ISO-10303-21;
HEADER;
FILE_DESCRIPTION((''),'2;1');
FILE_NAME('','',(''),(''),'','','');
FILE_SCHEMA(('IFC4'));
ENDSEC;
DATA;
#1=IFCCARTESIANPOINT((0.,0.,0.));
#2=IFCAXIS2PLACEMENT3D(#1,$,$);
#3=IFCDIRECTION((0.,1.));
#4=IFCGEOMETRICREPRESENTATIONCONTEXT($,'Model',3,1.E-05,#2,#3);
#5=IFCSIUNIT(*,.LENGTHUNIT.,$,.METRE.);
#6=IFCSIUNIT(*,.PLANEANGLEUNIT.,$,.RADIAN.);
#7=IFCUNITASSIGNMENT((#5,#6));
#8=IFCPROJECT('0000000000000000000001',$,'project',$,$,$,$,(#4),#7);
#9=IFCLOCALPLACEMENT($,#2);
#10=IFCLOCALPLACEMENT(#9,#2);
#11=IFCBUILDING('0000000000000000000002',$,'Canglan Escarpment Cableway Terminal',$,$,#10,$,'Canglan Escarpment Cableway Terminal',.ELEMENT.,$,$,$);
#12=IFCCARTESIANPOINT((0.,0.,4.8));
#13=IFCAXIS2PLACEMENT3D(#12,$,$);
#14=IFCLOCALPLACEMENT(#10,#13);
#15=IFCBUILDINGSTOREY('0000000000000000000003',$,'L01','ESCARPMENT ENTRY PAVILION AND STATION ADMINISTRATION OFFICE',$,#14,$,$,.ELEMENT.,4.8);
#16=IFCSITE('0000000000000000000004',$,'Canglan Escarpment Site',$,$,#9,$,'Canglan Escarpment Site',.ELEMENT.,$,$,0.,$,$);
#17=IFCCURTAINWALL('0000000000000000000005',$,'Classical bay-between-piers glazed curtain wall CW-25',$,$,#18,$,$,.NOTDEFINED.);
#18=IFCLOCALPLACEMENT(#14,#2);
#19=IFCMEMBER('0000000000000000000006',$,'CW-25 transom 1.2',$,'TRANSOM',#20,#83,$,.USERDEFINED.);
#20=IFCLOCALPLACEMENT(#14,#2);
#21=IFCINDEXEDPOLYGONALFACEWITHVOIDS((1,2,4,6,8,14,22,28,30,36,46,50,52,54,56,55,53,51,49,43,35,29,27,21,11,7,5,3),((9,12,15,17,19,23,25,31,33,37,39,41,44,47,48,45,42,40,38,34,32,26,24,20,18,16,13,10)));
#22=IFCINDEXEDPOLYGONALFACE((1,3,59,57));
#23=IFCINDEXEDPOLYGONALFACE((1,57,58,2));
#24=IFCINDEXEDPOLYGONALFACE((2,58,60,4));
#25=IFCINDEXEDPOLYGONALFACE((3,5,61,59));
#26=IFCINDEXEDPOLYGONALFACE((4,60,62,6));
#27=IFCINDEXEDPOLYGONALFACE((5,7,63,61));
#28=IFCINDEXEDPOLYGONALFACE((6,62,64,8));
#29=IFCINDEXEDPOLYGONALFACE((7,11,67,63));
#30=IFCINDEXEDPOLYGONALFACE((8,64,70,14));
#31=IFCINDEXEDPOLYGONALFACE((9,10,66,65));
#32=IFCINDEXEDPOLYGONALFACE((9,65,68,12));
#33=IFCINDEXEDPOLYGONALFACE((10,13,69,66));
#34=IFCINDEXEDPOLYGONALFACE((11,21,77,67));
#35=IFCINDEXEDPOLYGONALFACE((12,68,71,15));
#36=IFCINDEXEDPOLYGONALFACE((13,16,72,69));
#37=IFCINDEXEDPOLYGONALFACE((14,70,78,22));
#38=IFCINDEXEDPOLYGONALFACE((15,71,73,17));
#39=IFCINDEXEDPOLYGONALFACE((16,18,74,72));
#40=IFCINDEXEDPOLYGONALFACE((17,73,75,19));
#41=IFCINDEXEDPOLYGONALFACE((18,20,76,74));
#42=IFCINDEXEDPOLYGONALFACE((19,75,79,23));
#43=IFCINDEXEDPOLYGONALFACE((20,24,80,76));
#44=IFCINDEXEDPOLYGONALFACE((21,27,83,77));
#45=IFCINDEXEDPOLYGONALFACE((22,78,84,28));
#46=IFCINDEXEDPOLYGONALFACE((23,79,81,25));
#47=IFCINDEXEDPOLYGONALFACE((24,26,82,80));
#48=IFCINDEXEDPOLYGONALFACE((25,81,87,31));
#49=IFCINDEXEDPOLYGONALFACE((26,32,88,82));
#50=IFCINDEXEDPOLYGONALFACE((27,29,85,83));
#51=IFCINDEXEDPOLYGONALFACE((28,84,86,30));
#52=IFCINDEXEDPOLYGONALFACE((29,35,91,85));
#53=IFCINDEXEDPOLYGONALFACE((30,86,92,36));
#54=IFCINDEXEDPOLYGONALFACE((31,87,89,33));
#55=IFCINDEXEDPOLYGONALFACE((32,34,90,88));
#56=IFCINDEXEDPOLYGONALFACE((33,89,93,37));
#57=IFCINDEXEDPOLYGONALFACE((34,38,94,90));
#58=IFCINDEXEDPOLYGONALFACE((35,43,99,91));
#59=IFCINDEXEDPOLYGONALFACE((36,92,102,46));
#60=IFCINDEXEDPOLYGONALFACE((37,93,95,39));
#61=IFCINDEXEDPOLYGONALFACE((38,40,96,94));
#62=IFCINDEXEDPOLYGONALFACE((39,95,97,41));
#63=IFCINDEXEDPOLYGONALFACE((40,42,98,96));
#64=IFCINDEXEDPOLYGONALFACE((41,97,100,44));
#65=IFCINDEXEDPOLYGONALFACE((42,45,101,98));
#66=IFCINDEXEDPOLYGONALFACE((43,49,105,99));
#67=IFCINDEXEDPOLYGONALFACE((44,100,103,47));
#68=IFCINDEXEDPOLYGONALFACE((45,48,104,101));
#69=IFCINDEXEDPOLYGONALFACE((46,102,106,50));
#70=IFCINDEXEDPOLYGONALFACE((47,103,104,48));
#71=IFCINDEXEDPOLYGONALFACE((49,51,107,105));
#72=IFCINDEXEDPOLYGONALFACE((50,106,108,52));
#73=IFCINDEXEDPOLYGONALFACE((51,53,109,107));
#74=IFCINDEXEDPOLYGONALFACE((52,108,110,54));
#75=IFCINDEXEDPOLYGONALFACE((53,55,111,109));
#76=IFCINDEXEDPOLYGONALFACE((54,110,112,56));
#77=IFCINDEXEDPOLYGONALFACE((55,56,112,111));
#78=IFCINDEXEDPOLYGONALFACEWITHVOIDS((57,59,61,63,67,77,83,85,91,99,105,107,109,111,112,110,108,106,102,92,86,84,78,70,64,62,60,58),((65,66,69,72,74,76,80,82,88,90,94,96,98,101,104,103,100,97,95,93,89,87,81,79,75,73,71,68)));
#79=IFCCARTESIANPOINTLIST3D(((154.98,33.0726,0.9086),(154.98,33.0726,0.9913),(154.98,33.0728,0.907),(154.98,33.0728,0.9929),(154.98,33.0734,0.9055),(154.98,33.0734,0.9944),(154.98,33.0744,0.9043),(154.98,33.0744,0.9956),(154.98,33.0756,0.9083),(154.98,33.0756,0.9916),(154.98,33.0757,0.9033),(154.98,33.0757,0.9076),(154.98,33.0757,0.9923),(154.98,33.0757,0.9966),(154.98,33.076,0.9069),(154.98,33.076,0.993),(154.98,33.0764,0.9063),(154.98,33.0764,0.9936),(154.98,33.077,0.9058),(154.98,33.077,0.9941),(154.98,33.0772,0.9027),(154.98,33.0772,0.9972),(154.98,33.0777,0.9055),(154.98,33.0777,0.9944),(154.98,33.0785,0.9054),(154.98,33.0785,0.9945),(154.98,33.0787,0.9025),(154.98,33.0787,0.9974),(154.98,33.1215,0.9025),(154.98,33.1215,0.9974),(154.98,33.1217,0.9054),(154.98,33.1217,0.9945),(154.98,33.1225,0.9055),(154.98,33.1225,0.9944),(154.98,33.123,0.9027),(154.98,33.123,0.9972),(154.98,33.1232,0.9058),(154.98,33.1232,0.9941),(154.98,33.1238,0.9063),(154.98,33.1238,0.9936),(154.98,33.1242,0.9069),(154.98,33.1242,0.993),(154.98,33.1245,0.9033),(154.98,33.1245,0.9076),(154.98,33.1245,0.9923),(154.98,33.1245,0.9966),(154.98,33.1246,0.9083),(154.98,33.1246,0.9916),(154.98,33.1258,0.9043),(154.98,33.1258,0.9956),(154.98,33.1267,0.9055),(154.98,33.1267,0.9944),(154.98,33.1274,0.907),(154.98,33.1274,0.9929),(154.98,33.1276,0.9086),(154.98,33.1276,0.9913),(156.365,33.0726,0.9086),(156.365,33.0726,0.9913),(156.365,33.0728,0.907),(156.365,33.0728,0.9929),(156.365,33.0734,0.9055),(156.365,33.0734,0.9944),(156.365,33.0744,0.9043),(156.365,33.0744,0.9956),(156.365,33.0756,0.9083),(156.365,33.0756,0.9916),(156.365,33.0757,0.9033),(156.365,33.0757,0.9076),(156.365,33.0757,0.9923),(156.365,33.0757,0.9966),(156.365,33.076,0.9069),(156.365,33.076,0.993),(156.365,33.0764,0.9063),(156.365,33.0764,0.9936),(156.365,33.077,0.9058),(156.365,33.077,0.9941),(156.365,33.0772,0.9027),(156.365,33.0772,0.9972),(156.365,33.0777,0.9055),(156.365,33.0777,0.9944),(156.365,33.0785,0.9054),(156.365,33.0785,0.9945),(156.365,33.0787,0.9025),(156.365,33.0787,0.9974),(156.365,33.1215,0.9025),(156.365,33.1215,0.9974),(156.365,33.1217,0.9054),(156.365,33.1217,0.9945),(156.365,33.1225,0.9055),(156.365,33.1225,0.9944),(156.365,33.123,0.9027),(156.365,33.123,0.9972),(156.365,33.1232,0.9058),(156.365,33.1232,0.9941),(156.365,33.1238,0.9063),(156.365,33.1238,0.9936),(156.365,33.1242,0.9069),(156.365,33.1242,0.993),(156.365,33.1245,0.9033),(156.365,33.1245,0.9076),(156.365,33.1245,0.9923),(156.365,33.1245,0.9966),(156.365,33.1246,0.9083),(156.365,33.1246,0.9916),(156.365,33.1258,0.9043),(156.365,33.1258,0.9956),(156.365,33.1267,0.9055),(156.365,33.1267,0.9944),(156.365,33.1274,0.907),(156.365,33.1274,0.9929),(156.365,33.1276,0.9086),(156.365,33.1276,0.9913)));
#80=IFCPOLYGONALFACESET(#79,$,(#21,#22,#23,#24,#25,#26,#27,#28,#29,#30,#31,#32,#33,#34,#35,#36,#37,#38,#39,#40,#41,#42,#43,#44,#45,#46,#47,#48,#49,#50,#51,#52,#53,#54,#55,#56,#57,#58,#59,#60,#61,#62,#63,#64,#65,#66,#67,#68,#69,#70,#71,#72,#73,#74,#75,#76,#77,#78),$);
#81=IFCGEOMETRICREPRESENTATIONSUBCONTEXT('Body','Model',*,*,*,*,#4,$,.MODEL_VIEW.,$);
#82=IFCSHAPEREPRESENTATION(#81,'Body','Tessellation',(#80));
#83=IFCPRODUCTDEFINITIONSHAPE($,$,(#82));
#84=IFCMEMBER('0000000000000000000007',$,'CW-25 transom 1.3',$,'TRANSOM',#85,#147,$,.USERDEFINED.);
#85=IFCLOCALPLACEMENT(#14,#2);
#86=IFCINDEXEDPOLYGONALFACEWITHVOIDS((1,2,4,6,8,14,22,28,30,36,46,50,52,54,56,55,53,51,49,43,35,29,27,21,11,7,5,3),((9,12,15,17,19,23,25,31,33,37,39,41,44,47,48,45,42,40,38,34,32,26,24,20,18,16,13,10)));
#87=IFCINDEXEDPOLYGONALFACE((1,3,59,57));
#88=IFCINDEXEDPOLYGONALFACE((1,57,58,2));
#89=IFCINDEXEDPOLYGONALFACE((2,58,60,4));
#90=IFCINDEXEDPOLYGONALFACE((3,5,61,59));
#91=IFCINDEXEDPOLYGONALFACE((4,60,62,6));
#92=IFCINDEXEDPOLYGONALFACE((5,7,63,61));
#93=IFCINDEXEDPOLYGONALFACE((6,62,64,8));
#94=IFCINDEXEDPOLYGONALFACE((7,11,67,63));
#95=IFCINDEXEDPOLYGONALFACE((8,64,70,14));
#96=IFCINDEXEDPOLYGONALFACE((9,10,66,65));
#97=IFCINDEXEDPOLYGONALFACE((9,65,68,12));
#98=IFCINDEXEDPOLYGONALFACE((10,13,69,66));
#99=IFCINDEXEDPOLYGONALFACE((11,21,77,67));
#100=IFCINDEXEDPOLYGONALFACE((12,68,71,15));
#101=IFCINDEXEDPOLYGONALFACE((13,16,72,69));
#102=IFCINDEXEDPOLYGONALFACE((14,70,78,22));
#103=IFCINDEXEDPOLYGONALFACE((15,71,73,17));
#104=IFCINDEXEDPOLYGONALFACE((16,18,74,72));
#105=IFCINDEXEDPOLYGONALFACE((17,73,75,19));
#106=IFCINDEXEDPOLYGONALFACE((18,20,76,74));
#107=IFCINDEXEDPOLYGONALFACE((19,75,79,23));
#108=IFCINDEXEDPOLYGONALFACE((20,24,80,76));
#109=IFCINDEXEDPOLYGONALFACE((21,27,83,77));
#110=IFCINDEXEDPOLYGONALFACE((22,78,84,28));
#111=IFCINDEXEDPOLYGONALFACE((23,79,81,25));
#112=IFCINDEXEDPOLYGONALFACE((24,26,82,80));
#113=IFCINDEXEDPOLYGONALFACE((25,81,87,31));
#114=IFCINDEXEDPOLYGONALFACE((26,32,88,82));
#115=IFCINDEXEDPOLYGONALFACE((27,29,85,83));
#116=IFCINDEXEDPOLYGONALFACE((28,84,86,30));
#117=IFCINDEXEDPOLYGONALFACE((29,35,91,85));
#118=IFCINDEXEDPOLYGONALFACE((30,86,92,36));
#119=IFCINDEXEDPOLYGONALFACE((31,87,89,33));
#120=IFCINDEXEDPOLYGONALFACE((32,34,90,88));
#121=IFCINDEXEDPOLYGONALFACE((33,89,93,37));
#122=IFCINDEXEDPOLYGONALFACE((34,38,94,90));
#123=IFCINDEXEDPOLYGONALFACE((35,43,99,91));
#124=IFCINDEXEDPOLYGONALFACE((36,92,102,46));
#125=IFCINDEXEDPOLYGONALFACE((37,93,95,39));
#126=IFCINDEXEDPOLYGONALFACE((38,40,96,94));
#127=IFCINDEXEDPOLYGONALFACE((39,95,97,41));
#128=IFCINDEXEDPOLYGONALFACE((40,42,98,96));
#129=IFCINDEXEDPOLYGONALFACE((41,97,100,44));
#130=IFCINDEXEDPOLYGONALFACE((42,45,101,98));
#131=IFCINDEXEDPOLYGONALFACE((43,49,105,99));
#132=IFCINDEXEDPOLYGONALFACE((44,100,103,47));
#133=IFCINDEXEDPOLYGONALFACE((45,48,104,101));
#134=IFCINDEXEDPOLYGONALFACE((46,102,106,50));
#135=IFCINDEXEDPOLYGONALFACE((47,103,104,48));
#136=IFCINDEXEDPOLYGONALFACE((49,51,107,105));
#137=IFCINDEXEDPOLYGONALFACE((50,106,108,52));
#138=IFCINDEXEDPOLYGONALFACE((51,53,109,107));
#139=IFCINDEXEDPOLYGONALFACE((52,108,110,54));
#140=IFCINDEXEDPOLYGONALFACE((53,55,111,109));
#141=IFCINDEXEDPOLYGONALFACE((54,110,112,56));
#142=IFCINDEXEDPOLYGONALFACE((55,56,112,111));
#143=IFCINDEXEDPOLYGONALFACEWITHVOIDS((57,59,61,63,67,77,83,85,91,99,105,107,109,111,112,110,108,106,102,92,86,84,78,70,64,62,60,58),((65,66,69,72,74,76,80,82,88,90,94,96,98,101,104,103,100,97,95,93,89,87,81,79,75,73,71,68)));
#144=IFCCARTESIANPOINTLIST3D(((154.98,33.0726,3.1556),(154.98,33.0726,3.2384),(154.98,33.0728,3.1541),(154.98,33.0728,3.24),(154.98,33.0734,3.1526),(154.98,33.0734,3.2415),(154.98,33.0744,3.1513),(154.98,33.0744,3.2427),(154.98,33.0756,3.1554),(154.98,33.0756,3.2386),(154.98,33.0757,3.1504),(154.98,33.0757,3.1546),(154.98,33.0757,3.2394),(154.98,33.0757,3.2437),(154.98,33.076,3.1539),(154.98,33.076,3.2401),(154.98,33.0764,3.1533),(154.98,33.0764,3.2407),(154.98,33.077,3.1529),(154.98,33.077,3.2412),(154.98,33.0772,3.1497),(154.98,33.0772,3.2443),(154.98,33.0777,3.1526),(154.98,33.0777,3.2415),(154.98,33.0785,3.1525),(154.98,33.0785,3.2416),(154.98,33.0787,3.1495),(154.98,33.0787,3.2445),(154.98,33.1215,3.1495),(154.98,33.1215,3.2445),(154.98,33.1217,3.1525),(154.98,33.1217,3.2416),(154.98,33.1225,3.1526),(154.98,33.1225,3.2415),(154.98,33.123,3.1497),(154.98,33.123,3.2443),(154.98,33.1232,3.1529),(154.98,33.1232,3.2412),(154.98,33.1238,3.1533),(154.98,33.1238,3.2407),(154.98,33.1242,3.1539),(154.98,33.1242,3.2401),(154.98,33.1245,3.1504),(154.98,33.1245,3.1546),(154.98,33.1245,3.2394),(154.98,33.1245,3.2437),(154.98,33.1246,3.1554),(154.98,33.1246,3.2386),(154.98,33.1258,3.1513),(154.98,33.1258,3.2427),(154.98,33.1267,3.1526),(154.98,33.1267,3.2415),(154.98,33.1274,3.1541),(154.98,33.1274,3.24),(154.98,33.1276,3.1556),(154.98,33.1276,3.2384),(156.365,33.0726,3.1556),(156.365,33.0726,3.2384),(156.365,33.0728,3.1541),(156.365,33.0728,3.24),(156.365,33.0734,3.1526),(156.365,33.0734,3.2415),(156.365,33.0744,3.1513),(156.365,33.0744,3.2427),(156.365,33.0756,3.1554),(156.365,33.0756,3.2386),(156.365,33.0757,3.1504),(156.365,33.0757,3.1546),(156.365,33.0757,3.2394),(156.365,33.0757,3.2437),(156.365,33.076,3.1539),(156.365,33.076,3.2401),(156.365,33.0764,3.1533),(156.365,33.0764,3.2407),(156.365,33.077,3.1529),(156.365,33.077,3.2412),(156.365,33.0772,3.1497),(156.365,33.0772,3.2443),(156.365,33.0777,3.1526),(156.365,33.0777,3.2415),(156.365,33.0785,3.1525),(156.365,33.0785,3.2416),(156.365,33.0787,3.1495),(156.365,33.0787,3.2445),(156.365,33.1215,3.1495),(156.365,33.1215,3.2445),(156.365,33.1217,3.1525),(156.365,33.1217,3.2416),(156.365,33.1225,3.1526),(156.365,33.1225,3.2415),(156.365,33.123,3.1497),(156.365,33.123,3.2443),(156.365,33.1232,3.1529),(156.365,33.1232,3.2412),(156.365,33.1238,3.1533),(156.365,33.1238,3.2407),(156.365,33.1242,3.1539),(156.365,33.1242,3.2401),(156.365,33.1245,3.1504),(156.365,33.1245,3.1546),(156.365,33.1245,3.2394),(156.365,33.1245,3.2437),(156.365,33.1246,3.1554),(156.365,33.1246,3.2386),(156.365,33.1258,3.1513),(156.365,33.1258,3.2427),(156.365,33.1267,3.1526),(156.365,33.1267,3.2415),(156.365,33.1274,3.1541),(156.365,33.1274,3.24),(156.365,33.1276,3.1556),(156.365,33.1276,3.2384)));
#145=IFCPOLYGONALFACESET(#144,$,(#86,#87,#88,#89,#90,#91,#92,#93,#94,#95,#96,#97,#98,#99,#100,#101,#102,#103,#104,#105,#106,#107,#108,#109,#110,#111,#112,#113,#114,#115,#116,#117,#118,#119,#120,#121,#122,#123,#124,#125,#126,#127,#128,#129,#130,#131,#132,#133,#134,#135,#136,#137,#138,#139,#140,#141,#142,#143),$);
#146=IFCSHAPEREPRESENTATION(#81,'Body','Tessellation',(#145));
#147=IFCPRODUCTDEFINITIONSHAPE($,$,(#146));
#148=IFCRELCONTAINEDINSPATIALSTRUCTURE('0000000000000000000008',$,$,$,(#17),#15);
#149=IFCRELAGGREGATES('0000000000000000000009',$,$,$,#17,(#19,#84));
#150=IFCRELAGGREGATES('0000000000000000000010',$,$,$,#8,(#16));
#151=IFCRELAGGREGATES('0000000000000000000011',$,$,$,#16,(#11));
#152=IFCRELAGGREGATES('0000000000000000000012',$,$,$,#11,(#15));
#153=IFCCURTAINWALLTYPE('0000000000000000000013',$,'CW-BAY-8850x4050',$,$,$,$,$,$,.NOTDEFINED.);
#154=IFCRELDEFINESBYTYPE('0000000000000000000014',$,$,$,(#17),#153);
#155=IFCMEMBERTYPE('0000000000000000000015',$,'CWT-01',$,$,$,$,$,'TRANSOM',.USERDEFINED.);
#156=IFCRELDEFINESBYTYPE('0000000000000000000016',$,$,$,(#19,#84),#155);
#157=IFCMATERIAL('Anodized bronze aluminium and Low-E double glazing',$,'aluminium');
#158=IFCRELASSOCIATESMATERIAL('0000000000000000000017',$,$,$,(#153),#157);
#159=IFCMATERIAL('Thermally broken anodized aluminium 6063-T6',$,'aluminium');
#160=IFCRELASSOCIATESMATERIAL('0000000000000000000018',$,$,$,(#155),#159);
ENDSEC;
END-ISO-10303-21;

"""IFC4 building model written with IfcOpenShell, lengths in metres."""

from ifc_helpers import new_model, si_unit, direction, frame, origin, origin_2d, place, context, subcontext, project, spatial, hollow_rectangle, extrude, material, material_profile, profile_set, type_object, element, aggregate, save


model = new_model("IFC4")

# Units and contexts
model_context = context("Model", 3, precision=1e-05, world=origin(), true_north=direction((0.0, 1.0)))
body_context = subcontext(model_context, "Body", "Model", "MODEL_VIEW")
ifc_project = project(units=[si_unit("LENGTHUNIT", "METRE"), si_unit("PLANEANGLEUNIT", "RADIAN")], contexts=[model_context])

# Site, building, storey
site_placement = place(None, origin())
site = spatial("IfcSite", under=ifc_project, at=site_placement, Name="Canglan Escarpment Site", LongName="Canglan Escarpment Site", CompositionType="ELEMENT", RefElevation=0.0)
building_placement = place(site_placement, origin())
building = spatial("IfcBuilding", under=site, at=building_placement, Name="Canglan Escarpment Cableway Terminal", LongName="Canglan Escarpment Cableway Terminal", CompositionType="ELEMENT")
storey_placement = place(building_placement, frame((0.0, 0.0, 4.8)))
storey = spatial("IfcBuildingStorey", under=building, at=storey_placement, Name="L01", Description="ESCARPMENT ENTRY PAVILION AND STATION ADMINISTRATION OFFICE", CompositionType="ELEMENT", Elevation=4.8)

# Curtain wall, members
ifc_material_1 = material(Name="Anodized bronze aluminium and Low-E double glazing", Category="aluminium")
curtain_wall_type = type_object("IfcCurtainWallType", Name="CW-BAY-8850x4050", PredefinedType="NOTDEFINED", material=ifc_material_1)
curtain_wall_placement = place(storey_placement, origin())
curtain_wall = element("IfcCurtainWall", 1, at=curtain_wall_placement, inside=storey, type_object=curtain_wall_type, Name="Classical bay-between-piers glazed curtain wall CW-25", PredefinedType="NOTDEFINED")
ifc_material_2 = material(Name="Thermally broken anodized aluminium 6063-T6", Category="aluminium")
ifc_material_profile_1 = material_profile(ifc_material_2, hollow_rectangle(XDim=0.0549, YDim=0.095, WallThickness=0.0029, InnerFilletRadius=0.0029, OuterFilletRadius=0.0061, at=origin_2d()), Name="ALU-TRAN 55x95x3")
ifc_profile_set_1 = profile_set([ifc_material_profile_1], Name="Thermally broken anodized aluminium 6063-T6")
member_type_1 = type_object("IfcMemberType", Name="CWT-01", ElementType="TRANSOM", PredefinedType="USERDEFINED", material=ifc_profile_set_1)
member_1_placement = place(storey_placement, frame((156.365, 33.1001, 0.95), z_axis=(-1.0, 0.0, 0.0), x_axis=(0.0, -1.0, 0.0)))
member_1 = element("IfcMember", 2, at=member_1_placement, type_object=member_type_1, Name="CW-25 transom 1.2", ObjectType="TRANSOM", PredefinedType="USERDEFINED", context=body_context, shape_type="SweptSolid", body=[
    extrude(hollow_rectangle(XDim=0.0549, YDim=0.095, WallThickness=0.0029, InnerFilletRadius=0.0029, OuterFilletRadius=0.0061, at=origin_2d()), origin(), (0.0, 0.0, 1.0), 1.385),
])
member_2_placement = place(storey_placement, frame((156.365, 33.1001, 3.197), z_axis=(-1.0, 0.0, 0.0), x_axis=(0.0, -1.0, 0.0)))
member_2 = element("IfcMember", 3, at=member_2_placement, type_object=member_type_1, Name="CW-25 transom 1.3", ObjectType="TRANSOM", PredefinedType="USERDEFINED", context=body_context, shape_type="SweptSolid", body=[
    extrude(hollow_rectangle(XDim=0.0549, YDim=0.095, WallThickness=0.0029, InnerFilletRadius=0.0029, OuterFilletRadius=0.0061, at=origin_2d()), origin(), (0.0, 0.0, 1.0), 1.385),
])
aggregate(curtain_wall, [member_1, member_2])

save(model, "model.ifc")
